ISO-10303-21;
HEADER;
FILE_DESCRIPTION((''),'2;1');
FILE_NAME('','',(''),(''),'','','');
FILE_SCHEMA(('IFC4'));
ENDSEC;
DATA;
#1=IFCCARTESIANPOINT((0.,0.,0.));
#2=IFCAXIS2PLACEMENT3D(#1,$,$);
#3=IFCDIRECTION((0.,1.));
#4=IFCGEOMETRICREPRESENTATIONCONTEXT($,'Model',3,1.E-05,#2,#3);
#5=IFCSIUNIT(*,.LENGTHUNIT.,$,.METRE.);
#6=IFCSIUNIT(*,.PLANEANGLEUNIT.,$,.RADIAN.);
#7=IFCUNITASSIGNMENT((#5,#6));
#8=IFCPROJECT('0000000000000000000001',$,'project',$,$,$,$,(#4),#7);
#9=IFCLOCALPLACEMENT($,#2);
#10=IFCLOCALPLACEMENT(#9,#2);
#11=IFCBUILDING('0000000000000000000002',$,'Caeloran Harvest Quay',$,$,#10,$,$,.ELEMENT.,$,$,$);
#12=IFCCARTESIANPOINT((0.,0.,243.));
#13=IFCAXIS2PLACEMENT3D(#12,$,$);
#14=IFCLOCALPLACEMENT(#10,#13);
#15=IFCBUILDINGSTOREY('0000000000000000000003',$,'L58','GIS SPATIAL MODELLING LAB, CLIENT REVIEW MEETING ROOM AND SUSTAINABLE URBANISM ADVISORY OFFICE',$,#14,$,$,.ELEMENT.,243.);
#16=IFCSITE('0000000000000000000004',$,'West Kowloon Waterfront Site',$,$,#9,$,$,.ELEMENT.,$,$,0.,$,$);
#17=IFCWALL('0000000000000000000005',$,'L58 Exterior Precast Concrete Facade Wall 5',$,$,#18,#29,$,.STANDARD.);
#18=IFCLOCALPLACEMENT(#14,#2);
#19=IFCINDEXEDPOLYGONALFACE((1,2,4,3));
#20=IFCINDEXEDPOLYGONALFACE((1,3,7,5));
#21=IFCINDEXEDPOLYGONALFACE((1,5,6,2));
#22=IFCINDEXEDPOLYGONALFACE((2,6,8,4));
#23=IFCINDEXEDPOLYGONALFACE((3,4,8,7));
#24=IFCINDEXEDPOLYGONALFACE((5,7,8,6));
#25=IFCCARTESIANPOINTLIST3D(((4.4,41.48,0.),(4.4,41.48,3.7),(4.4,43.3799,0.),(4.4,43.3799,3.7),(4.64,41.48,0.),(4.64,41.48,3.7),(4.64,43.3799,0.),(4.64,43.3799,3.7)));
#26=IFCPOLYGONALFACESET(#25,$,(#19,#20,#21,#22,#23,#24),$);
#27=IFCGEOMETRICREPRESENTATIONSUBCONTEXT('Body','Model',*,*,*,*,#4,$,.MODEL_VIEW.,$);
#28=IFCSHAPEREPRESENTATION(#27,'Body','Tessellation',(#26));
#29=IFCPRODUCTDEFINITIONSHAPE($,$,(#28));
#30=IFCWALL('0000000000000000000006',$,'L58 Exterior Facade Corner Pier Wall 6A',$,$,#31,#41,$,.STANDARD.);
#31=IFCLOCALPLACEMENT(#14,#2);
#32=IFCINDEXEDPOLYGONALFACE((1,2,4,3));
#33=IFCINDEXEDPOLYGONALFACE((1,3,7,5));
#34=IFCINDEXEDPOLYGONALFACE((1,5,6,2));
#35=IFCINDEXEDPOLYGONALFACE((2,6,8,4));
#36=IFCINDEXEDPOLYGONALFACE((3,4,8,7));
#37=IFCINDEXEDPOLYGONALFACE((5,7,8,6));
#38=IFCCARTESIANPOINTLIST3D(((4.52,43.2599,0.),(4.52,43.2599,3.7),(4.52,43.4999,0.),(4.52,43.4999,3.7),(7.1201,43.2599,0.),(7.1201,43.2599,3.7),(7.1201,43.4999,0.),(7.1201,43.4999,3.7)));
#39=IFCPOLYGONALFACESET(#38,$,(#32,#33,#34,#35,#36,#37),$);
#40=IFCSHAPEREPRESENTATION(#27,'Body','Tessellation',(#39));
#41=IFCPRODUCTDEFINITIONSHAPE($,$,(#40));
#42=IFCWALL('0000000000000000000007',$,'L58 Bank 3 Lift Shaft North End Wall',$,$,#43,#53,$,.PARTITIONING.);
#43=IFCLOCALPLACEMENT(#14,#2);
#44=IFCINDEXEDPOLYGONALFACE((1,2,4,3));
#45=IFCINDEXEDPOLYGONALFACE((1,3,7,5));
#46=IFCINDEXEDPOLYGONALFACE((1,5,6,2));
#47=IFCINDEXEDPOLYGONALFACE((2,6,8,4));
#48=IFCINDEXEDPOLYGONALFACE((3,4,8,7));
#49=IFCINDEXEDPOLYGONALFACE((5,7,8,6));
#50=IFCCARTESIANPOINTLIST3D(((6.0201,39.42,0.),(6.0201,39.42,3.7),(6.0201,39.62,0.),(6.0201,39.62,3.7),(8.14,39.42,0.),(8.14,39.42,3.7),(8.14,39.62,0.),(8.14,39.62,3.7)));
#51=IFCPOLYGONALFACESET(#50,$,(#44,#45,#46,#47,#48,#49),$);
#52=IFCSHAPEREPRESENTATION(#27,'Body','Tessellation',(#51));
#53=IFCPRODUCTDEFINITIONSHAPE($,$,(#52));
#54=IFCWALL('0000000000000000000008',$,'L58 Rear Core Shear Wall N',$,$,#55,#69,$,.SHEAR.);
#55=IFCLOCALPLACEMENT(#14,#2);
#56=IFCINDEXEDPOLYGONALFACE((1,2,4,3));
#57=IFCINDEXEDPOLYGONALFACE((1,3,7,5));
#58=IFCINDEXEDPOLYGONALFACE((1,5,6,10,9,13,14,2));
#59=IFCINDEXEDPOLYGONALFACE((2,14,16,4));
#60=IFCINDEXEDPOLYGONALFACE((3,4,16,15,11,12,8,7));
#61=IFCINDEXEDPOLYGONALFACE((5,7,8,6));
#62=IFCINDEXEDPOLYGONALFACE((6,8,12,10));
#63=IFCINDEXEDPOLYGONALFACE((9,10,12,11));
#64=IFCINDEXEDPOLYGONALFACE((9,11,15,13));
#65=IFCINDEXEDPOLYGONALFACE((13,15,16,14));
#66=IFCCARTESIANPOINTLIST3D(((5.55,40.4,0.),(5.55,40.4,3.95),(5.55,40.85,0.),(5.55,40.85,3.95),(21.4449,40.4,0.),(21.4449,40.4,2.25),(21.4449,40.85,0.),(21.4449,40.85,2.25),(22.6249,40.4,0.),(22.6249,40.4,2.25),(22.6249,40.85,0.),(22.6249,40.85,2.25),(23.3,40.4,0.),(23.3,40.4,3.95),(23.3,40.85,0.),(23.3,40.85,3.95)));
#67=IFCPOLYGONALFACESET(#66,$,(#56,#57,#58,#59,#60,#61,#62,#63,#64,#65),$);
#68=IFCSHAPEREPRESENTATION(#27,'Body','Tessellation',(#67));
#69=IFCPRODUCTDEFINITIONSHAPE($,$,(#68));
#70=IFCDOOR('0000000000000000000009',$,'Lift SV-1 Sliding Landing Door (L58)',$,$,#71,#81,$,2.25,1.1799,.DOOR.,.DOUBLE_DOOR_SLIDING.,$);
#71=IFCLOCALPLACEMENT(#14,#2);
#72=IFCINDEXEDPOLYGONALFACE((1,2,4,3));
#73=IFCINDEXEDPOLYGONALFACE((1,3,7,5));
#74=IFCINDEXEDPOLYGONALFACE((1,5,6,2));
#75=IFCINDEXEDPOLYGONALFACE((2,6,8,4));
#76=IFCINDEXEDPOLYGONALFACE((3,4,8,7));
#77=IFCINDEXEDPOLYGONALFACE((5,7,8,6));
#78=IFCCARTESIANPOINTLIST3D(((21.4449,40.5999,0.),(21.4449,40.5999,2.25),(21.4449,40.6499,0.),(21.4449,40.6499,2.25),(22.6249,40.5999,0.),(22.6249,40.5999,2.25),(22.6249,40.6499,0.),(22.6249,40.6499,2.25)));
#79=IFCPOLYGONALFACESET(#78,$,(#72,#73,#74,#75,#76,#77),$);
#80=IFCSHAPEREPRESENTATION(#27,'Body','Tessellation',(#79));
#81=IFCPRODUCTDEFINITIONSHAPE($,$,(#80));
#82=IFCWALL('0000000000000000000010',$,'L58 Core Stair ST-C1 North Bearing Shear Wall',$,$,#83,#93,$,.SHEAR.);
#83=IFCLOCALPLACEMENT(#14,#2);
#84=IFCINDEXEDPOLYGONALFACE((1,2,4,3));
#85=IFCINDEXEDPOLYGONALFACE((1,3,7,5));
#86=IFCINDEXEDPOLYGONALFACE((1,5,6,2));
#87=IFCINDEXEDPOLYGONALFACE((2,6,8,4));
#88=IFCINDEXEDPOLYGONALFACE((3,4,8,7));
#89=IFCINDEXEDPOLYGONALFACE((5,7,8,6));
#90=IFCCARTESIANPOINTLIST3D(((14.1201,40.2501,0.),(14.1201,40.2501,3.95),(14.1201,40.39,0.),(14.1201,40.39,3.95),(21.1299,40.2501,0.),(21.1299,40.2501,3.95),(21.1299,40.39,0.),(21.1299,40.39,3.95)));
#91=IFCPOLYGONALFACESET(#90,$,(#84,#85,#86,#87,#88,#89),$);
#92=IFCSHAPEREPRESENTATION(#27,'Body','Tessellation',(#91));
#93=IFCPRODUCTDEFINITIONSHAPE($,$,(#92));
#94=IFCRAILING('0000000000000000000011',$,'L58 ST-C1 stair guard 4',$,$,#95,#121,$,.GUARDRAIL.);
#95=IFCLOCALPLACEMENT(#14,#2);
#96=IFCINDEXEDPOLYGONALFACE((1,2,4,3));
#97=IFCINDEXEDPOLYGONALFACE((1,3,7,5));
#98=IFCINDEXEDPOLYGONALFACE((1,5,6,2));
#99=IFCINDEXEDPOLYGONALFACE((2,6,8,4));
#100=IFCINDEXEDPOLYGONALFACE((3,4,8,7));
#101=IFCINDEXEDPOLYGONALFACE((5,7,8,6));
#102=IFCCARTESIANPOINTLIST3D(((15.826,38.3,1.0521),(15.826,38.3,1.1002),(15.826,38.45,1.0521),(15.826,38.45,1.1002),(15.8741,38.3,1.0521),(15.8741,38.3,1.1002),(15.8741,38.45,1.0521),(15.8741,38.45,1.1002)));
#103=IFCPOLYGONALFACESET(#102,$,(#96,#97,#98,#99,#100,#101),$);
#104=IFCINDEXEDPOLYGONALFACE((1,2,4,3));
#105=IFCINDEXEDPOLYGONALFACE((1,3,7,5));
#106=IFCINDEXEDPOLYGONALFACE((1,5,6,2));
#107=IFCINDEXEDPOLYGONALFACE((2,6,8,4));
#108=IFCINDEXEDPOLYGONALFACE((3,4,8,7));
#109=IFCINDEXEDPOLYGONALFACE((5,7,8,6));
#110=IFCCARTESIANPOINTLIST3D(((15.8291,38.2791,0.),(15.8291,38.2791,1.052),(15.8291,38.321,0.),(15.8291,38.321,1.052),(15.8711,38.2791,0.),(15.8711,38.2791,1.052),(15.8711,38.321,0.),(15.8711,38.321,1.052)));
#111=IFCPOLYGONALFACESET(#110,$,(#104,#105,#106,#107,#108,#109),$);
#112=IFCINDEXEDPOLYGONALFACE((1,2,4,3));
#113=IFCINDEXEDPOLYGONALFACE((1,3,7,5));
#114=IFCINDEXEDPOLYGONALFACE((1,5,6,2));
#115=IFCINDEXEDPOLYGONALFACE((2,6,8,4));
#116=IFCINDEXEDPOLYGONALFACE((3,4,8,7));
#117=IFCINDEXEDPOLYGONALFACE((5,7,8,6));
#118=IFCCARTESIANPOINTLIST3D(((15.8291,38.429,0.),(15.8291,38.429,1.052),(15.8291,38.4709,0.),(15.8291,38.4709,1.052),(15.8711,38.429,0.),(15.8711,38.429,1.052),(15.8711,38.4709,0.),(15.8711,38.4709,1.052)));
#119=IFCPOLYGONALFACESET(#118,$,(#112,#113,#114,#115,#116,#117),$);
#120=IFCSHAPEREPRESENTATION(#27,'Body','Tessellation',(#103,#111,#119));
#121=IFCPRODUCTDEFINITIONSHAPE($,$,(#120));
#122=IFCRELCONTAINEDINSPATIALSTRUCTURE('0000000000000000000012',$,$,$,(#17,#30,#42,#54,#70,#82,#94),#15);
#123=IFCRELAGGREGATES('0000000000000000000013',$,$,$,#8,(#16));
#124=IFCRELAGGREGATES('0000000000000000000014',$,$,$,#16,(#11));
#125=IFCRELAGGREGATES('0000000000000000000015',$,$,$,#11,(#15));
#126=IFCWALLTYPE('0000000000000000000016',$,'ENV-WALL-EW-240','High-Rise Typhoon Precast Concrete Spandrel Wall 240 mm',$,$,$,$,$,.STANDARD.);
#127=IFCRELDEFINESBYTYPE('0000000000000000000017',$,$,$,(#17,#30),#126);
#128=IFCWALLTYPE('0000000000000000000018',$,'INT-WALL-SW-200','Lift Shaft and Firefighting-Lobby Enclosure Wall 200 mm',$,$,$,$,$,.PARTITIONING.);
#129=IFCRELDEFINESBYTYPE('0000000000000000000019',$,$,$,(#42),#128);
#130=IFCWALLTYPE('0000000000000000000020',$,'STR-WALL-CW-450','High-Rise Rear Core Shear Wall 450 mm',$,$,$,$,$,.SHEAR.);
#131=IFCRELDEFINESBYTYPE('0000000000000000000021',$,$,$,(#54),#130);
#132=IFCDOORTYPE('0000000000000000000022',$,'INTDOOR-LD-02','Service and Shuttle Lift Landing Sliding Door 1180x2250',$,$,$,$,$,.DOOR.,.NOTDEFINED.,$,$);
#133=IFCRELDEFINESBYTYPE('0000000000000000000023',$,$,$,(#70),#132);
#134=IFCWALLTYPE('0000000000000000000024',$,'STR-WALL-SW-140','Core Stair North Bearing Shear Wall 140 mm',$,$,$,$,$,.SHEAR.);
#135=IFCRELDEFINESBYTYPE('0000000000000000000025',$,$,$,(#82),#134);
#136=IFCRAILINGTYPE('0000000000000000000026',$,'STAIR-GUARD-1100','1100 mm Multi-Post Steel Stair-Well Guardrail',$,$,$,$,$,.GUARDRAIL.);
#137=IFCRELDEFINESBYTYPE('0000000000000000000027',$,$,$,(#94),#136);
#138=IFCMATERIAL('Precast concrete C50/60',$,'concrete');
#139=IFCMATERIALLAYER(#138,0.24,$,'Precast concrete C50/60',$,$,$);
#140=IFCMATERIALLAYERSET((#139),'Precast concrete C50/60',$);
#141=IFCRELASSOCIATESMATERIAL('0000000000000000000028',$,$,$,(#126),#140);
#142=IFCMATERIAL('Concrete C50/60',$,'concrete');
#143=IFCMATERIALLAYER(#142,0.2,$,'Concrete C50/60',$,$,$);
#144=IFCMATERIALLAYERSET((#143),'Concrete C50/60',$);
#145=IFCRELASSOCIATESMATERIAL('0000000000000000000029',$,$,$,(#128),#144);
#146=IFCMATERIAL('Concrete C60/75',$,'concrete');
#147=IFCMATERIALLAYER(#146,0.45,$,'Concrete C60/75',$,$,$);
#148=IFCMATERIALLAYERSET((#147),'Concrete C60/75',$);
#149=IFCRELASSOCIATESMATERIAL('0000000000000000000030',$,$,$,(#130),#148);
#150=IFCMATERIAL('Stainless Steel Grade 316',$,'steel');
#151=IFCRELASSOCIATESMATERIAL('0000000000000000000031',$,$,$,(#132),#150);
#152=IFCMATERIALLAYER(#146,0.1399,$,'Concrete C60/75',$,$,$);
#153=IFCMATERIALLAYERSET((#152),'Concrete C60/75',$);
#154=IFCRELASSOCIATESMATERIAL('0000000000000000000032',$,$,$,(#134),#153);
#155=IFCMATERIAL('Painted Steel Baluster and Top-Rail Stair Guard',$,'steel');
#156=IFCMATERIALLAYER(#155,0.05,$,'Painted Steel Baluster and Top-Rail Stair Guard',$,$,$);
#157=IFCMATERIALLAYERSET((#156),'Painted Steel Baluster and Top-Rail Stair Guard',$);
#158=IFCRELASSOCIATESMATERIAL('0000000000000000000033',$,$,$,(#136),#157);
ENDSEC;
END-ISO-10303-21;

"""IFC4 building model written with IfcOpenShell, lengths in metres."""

from ifc_helpers import new_model, si_unit, direction, frame, frame_2d, origin, origin_2d, place, context, subcontext, project, spatial, rectangle, extrude, material, layer, layer_set, type_object, element, fill, save


model = new_model("IFC4")

# Units and contexts
model_context = context("Model", 3, precision=1e-05, world=origin(), true_north=direction((0.0, 1.0)))
body_context = subcontext(model_context, "Body", "Model", "MODEL_VIEW")
ifc_project = project(units=[si_unit("LENGTHUNIT", "METRE"), si_unit("PLANEANGLEUNIT", "RADIAN")], contexts=[model_context])

# Site, building, storey
site_placement = place(None, origin())
site = spatial("IfcSite", under=ifc_project, at=site_placement, Name="West Kowloon Waterfront Site", CompositionType="ELEMENT", RefElevation=0.0)
building_placement = place(site_placement, origin())
building = spatial("IfcBuilding", under=site, at=building_placement, Name="Caeloran Harvest Quay", CompositionType="ELEMENT")
storey_placement = place(building_placement, frame((0.0, 0.0, 243.0)))
storey = spatial("IfcBuildingStorey", under=building, at=storey_placement, Name="L58", Description="GIS SPATIAL MODELLING LAB, CLIENT REVIEW MEETING ROOM AND SUSTAINABLE URBANISM ADVISORY OFFICE", CompositionType="ELEMENT", Elevation=243.0)

# Walls
ifc_material_1 = material(Name="Precast concrete C50/60", Category="concrete")
ifc_layer_1 = layer(ifc_material_1, 0.24, Name="Precast concrete C50/60")
ifc_layer_set_1 = layer_set([ifc_layer_1], Name="Precast concrete C50/60")
wall_type_1 = type_object("IfcWallType", Name="ENV-WALL-EW-240", Description="High-Rise Typhoon Precast Concrete Spandrel Wall 240 mm", PredefinedType="STANDARD", material=ifc_layer_set_1)
wall_1_placement = place(storey_placement, frame((4.52, 41.48, 0.0), z_axis=(0.0, 0.0, 1.0), x_axis=(0.0, 1.0, 0.0)))
element("IfcWall", 1, at=wall_1_placement, inside=storey, type_object=wall_type_1, Name="L58 Exterior Precast Concrete Facade Wall 5", PredefinedType="STANDARD", context=body_context, shape_type="SweptSolid", body=[
    extrude(rectangle(XDim=1.8999, YDim=0.24, at=frame_2d((0.95, 0.0))), origin(), (0.0, 0.0, 1.0), 3.7),
])
wall_2_placement = place(storey_placement, frame((4.52, 43.3799, 0.0), z_axis=(0.0, 0.0, 1.0), x_axis=(1.0, 0.0, 0.0)))
element("IfcWall", 2, at=wall_2_placement, inside=storey, type_object=wall_type_1, Name="L58 Exterior Facade Corner Pier Wall 6A", PredefinedType="STANDARD", context=body_context, shape_type="SweptSolid", body=[
    extrude(rectangle(XDim=2.6001, YDim=0.24, at=frame_2d((1.3, 0.0))), origin(), (0.0, 0.0, 1.0), 3.7),
])
ifc_material_2 = material(Name="Concrete C50/60", Category="concrete")
ifc_layer_2 = layer(ifc_material_2, 0.2, Name="Concrete C50/60")
ifc_layer_set_2 = layer_set([ifc_layer_2], Name="Concrete C50/60")
wall_type_2 = type_object("IfcWallType", Name="INT-WALL-SW-200", Description="Lift Shaft and Firefighting-Lobby Enclosure Wall 200 mm", PredefinedType="PARTITIONING", material=ifc_layer_set_2)
wall_3_placement = place(storey_placement, frame((6.02, 39.52, 0.0), z_axis=(0.0, 0.0, 1.0), x_axis=(1.0, 0.0, 0.0)))
element("IfcWall", 3, at=wall_3_placement, inside=storey, type_object=wall_type_2, Name="L58 Bank 3 Lift Shaft North End Wall", PredefinedType="PARTITIONING", context=body_context, shape_type="SweptSolid", body=[
    extrude(rectangle(XDim=2.1199, YDim=0.2, at=frame_2d((1.0601, 0.0))), origin(), (0.0, 0.0, 1.0), 3.7),
])

# Wall, opening, door
ifc_material_3 = material(Name="Concrete C60/75", Category="concrete")
ifc_layer_3 = layer(ifc_material_3, 0.45, Name="Concrete C60/75")
ifc_layer_set_3 = layer_set([ifc_layer_3], Name="Concrete C60/75")
wall_type_3 = type_object("IfcWallType", Name="STR-WALL-CW-450", Description="High-Rise Rear Core Shear Wall 450 mm", PredefinedType="SHEAR", material=ifc_layer_set_3)
wall_4_placement = place(storey_placement, frame((5.55, 40.625, 0.0), z_axis=(0.0, 0.0, 1.0), x_axis=(1.0, 0.0, 0.0)))
wall_4 = element("IfcWall", 4, at=wall_4_placement, inside=storey, type_object=wall_type_3, Name="L58 Rear Core Shear Wall N", PredefinedType="SHEAR", context=body_context, shape_type="SweptSolid", body=[
    extrude(rectangle(XDim=17.75, YDim=0.45, at=frame_2d((8.875, 0.0))), origin(), (0.0, 0.0, 1.0), 3.95),
])
opening_placement = place(wall_4_placement, frame((15.895, 0.0, 0.0)))
opening = element("IfcOpeningElement", 5, at=opening_placement, cuts=wall_4, PredefinedType="OPENING", context=body_context, shape_type="SweptSolid", body=[
    extrude(rectangle(XDim=1.1799, YDim=2.25, at=frame_2d((0.5898, 1.125))), frame((0.0, 0.2349, 0.0), z_axis=(0.0, -1.0, 0.0), x_axis=(1.0, 0.0, 0.0)), (0.0, 0.0, 1.0), 0.47),
])
ifc_material_4 = material(Name="Stainless Steel Grade 316", Category="steel")
door_type = type_object("IfcDoorType", Name="INTDOOR-LD-02", Description="Service and Shuttle Lift Landing Sliding Door 1180x2250", OperationType="NOTDEFINED", PredefinedType="DOOR", material=ifc_material_4)
door_placement = place(opening_placement, origin())
door = element("IfcDoor", 6, at=door_placement, inside=storey, type_object=door_type, Name="Lift SV-1 Sliding Landing Door (L58)", OperationType="DOUBLE_DOOR_SLIDING", OverallHeight=2.25, OverallWidth=1.1799, PredefinedType="DOOR", context=body_context, shape_type="SweptSolid", body=[
    extrude(rectangle(XDim=1.1799, YDim=2.25, at=frame_2d((0.5898, 1.125))), frame((0.0, 0.0249, 0.0), z_axis=(0.0, -1.0, 0.0), x_axis=(1.0, 0.0, 0.0)), (0.0, 0.0, 1.0), 0.05),
])
fill(opening, door)

# Wall
ifc_layer_4 = layer(ifc_material_3, 0.1399, Name="Concrete C60/75")
ifc_layer_set_4 = layer_set([ifc_layer_4], Name="Concrete C60/75")
wall_type_4 = type_object("IfcWallType", Name="STR-WALL-SW-140", Description="Core Stair North Bearing Shear Wall 140 mm", PredefinedType="SHEAR", material=ifc_layer_set_4)
wall_5_placement = place(storey_placement, frame((14.1201, 40.3201, 0.0), z_axis=(0.0, 0.0, 1.0), x_axis=(1.0, 0.0, 0.0)))
element("IfcWall", 7, at=wall_5_placement, inside=storey, type_object=wall_type_4, Name="L58 Core Stair ST-C1 North Bearing Shear Wall", PredefinedType="SHEAR", context=body_context, shape_type="SweptSolid", body=[
    extrude(rectangle(XDim=7.0098, YDim=0.1399, at=frame_2d((3.5049, 0.0))), origin(), (0.0, 0.0, 1.0), 3.95),
])

# Railing
ifc_material_5 = material(Name="Painted Steel Baluster and Top-Rail Stair Guard", Category="steel")
ifc_layer_5 = layer(ifc_material_5, 0.05, Name="Painted Steel Baluster and Top-Rail Stair Guard")
ifc_layer_set_5 = layer_set([ifc_layer_5], Name="Painted Steel Baluster and Top-Rail Stair Guard")
railing_type = type_object("IfcRailingType", Name="STAIR-GUARD-1100", Description="1100 mm Multi-Post Steel Stair-Well Guardrail", PredefinedType="GUARDRAIL", material=ifc_layer_set_5)
railing_placement = place(storey_placement, frame((15.8501, 38.3, 0.0)))
element("IfcRailing", 8, at=railing_placement, inside=storey, type_object=railing_type, Name="L58 ST-C1 stair guard 4", PredefinedType="GUARDRAIL", context=body_context, shape_type="SweptSolid", body=[
    extrude(rectangle(XDim=0.0481, YDim=0.0481, at=origin_2d()), frame((0.0, 0.0, 1.0762), z_axis=(0.0, 1.0, 0.0), x_axis=(-1.0, 0.0, 0.0)), (0.0, 0.0, 1.0), 0.1499),
    extrude(rectangle(XDim=0.042, YDim=0.042, at=origin_2d()), origin(), (0.0, 0.0, 1.0), 1.052),
    extrude(rectangle(XDim=0.042, YDim=0.042, at=origin_2d()), frame((0.0, 0.1499, 0.0)), (0.0, 0.0, 1.0), 1.052),
])

save(model, "model.ifc")
